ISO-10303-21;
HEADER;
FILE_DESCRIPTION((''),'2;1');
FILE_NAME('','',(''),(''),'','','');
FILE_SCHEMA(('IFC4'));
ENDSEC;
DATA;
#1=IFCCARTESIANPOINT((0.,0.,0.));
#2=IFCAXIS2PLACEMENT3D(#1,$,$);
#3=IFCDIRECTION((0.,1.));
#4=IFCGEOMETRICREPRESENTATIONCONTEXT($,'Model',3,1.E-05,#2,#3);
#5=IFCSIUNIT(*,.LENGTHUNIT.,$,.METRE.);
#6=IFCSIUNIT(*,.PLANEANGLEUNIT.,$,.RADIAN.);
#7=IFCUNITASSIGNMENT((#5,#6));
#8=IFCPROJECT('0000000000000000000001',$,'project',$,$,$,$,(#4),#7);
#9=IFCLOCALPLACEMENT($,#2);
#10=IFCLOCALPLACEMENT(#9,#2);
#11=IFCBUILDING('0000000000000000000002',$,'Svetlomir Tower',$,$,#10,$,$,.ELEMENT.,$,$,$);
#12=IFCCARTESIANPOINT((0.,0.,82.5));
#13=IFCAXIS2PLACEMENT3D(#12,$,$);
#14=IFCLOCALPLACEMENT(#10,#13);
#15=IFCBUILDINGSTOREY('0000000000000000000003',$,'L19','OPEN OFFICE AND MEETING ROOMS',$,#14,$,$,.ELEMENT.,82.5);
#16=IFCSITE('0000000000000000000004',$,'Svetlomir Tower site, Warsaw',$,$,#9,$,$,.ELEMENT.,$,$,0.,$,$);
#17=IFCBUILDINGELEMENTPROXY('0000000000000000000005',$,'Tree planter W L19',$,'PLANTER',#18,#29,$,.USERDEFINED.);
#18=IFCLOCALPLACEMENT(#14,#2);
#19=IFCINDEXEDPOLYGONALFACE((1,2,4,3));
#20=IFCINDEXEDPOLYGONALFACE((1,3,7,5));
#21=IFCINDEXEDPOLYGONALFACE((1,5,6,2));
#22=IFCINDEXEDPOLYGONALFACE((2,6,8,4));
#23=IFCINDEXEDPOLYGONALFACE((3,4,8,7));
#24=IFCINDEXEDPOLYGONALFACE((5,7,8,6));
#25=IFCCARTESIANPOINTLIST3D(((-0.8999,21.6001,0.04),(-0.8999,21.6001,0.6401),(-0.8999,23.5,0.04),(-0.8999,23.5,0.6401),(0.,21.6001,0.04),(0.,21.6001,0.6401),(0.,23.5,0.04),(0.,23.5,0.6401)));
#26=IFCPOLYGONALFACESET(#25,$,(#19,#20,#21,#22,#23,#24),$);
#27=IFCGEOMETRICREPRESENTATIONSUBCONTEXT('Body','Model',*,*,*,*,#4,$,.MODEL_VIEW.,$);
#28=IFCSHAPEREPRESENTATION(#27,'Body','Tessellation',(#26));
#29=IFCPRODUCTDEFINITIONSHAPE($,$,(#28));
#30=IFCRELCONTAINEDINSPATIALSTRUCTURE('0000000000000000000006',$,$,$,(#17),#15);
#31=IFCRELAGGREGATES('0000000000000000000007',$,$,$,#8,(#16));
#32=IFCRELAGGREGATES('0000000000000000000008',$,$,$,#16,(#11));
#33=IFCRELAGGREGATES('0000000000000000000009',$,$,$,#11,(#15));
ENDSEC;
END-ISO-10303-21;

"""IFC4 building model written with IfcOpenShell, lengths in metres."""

from ifc_helpers import new_model, si_unit, direction, frame, origin, origin_2d, place, context, subcontext, project, spatial, rectangle, extrude, element, save


model = new_model("IFC4")

# Units and contexts
model_context = context("Model", 3, precision=1e-05, world=origin(), true_north=direction((0.0, 1.0)))
body_context = subcontext(model_context, "Body", "Model", "MODEL_VIEW")
ifc_project = project(units=[si_unit("LENGTHUNIT", "METRE"), si_unit("PLANEANGLEUNIT", "RADIAN")], contexts=[model_context])

# Site, building, storey
site_placement = place(None, origin())
site = spatial("IfcSite", under=ifc_project, at=site_placement, Name="Svetlomir Tower site, Warsaw", CompositionType="ELEMENT", RefElevation=0.0)
building_placement = place(site_placement, origin())
building = spatial("IfcBuilding", under=site, at=building_placement, Name="Svetlomir Tower", CompositionType="ELEMENT")
storey_placement = place(building_placement, frame((0.0, 0.0, 82.5)))
storey = spatial("IfcBuildingStorey", under=building, at=storey_placement, Name="L19", Description="OPEN OFFICE AND MEETING ROOMS", CompositionType="ELEMENT", Elevation=82.5)

# Building element proxy
proxy_placement = place(storey_placement, frame((-0.45, 22.55, 0.04), z_axis=(0.0, 0.0, 1.0), x_axis=(1.0, 0.0, 0.0)))
element("IfcBuildingElementProxy", 1, at=proxy_placement, inside=storey, Name="Tree planter W L19", ObjectType="PLANTER", PredefinedType="USERDEFINED", context=body_context, shape_type="SweptSolid", body=[
    extrude(rectangle(XDim=0.8999, YDim=1.8999, at=origin_2d()), origin(), (0.0, 0.0, 1.0), 0.6001),
])

save(model, "model.ifc")
